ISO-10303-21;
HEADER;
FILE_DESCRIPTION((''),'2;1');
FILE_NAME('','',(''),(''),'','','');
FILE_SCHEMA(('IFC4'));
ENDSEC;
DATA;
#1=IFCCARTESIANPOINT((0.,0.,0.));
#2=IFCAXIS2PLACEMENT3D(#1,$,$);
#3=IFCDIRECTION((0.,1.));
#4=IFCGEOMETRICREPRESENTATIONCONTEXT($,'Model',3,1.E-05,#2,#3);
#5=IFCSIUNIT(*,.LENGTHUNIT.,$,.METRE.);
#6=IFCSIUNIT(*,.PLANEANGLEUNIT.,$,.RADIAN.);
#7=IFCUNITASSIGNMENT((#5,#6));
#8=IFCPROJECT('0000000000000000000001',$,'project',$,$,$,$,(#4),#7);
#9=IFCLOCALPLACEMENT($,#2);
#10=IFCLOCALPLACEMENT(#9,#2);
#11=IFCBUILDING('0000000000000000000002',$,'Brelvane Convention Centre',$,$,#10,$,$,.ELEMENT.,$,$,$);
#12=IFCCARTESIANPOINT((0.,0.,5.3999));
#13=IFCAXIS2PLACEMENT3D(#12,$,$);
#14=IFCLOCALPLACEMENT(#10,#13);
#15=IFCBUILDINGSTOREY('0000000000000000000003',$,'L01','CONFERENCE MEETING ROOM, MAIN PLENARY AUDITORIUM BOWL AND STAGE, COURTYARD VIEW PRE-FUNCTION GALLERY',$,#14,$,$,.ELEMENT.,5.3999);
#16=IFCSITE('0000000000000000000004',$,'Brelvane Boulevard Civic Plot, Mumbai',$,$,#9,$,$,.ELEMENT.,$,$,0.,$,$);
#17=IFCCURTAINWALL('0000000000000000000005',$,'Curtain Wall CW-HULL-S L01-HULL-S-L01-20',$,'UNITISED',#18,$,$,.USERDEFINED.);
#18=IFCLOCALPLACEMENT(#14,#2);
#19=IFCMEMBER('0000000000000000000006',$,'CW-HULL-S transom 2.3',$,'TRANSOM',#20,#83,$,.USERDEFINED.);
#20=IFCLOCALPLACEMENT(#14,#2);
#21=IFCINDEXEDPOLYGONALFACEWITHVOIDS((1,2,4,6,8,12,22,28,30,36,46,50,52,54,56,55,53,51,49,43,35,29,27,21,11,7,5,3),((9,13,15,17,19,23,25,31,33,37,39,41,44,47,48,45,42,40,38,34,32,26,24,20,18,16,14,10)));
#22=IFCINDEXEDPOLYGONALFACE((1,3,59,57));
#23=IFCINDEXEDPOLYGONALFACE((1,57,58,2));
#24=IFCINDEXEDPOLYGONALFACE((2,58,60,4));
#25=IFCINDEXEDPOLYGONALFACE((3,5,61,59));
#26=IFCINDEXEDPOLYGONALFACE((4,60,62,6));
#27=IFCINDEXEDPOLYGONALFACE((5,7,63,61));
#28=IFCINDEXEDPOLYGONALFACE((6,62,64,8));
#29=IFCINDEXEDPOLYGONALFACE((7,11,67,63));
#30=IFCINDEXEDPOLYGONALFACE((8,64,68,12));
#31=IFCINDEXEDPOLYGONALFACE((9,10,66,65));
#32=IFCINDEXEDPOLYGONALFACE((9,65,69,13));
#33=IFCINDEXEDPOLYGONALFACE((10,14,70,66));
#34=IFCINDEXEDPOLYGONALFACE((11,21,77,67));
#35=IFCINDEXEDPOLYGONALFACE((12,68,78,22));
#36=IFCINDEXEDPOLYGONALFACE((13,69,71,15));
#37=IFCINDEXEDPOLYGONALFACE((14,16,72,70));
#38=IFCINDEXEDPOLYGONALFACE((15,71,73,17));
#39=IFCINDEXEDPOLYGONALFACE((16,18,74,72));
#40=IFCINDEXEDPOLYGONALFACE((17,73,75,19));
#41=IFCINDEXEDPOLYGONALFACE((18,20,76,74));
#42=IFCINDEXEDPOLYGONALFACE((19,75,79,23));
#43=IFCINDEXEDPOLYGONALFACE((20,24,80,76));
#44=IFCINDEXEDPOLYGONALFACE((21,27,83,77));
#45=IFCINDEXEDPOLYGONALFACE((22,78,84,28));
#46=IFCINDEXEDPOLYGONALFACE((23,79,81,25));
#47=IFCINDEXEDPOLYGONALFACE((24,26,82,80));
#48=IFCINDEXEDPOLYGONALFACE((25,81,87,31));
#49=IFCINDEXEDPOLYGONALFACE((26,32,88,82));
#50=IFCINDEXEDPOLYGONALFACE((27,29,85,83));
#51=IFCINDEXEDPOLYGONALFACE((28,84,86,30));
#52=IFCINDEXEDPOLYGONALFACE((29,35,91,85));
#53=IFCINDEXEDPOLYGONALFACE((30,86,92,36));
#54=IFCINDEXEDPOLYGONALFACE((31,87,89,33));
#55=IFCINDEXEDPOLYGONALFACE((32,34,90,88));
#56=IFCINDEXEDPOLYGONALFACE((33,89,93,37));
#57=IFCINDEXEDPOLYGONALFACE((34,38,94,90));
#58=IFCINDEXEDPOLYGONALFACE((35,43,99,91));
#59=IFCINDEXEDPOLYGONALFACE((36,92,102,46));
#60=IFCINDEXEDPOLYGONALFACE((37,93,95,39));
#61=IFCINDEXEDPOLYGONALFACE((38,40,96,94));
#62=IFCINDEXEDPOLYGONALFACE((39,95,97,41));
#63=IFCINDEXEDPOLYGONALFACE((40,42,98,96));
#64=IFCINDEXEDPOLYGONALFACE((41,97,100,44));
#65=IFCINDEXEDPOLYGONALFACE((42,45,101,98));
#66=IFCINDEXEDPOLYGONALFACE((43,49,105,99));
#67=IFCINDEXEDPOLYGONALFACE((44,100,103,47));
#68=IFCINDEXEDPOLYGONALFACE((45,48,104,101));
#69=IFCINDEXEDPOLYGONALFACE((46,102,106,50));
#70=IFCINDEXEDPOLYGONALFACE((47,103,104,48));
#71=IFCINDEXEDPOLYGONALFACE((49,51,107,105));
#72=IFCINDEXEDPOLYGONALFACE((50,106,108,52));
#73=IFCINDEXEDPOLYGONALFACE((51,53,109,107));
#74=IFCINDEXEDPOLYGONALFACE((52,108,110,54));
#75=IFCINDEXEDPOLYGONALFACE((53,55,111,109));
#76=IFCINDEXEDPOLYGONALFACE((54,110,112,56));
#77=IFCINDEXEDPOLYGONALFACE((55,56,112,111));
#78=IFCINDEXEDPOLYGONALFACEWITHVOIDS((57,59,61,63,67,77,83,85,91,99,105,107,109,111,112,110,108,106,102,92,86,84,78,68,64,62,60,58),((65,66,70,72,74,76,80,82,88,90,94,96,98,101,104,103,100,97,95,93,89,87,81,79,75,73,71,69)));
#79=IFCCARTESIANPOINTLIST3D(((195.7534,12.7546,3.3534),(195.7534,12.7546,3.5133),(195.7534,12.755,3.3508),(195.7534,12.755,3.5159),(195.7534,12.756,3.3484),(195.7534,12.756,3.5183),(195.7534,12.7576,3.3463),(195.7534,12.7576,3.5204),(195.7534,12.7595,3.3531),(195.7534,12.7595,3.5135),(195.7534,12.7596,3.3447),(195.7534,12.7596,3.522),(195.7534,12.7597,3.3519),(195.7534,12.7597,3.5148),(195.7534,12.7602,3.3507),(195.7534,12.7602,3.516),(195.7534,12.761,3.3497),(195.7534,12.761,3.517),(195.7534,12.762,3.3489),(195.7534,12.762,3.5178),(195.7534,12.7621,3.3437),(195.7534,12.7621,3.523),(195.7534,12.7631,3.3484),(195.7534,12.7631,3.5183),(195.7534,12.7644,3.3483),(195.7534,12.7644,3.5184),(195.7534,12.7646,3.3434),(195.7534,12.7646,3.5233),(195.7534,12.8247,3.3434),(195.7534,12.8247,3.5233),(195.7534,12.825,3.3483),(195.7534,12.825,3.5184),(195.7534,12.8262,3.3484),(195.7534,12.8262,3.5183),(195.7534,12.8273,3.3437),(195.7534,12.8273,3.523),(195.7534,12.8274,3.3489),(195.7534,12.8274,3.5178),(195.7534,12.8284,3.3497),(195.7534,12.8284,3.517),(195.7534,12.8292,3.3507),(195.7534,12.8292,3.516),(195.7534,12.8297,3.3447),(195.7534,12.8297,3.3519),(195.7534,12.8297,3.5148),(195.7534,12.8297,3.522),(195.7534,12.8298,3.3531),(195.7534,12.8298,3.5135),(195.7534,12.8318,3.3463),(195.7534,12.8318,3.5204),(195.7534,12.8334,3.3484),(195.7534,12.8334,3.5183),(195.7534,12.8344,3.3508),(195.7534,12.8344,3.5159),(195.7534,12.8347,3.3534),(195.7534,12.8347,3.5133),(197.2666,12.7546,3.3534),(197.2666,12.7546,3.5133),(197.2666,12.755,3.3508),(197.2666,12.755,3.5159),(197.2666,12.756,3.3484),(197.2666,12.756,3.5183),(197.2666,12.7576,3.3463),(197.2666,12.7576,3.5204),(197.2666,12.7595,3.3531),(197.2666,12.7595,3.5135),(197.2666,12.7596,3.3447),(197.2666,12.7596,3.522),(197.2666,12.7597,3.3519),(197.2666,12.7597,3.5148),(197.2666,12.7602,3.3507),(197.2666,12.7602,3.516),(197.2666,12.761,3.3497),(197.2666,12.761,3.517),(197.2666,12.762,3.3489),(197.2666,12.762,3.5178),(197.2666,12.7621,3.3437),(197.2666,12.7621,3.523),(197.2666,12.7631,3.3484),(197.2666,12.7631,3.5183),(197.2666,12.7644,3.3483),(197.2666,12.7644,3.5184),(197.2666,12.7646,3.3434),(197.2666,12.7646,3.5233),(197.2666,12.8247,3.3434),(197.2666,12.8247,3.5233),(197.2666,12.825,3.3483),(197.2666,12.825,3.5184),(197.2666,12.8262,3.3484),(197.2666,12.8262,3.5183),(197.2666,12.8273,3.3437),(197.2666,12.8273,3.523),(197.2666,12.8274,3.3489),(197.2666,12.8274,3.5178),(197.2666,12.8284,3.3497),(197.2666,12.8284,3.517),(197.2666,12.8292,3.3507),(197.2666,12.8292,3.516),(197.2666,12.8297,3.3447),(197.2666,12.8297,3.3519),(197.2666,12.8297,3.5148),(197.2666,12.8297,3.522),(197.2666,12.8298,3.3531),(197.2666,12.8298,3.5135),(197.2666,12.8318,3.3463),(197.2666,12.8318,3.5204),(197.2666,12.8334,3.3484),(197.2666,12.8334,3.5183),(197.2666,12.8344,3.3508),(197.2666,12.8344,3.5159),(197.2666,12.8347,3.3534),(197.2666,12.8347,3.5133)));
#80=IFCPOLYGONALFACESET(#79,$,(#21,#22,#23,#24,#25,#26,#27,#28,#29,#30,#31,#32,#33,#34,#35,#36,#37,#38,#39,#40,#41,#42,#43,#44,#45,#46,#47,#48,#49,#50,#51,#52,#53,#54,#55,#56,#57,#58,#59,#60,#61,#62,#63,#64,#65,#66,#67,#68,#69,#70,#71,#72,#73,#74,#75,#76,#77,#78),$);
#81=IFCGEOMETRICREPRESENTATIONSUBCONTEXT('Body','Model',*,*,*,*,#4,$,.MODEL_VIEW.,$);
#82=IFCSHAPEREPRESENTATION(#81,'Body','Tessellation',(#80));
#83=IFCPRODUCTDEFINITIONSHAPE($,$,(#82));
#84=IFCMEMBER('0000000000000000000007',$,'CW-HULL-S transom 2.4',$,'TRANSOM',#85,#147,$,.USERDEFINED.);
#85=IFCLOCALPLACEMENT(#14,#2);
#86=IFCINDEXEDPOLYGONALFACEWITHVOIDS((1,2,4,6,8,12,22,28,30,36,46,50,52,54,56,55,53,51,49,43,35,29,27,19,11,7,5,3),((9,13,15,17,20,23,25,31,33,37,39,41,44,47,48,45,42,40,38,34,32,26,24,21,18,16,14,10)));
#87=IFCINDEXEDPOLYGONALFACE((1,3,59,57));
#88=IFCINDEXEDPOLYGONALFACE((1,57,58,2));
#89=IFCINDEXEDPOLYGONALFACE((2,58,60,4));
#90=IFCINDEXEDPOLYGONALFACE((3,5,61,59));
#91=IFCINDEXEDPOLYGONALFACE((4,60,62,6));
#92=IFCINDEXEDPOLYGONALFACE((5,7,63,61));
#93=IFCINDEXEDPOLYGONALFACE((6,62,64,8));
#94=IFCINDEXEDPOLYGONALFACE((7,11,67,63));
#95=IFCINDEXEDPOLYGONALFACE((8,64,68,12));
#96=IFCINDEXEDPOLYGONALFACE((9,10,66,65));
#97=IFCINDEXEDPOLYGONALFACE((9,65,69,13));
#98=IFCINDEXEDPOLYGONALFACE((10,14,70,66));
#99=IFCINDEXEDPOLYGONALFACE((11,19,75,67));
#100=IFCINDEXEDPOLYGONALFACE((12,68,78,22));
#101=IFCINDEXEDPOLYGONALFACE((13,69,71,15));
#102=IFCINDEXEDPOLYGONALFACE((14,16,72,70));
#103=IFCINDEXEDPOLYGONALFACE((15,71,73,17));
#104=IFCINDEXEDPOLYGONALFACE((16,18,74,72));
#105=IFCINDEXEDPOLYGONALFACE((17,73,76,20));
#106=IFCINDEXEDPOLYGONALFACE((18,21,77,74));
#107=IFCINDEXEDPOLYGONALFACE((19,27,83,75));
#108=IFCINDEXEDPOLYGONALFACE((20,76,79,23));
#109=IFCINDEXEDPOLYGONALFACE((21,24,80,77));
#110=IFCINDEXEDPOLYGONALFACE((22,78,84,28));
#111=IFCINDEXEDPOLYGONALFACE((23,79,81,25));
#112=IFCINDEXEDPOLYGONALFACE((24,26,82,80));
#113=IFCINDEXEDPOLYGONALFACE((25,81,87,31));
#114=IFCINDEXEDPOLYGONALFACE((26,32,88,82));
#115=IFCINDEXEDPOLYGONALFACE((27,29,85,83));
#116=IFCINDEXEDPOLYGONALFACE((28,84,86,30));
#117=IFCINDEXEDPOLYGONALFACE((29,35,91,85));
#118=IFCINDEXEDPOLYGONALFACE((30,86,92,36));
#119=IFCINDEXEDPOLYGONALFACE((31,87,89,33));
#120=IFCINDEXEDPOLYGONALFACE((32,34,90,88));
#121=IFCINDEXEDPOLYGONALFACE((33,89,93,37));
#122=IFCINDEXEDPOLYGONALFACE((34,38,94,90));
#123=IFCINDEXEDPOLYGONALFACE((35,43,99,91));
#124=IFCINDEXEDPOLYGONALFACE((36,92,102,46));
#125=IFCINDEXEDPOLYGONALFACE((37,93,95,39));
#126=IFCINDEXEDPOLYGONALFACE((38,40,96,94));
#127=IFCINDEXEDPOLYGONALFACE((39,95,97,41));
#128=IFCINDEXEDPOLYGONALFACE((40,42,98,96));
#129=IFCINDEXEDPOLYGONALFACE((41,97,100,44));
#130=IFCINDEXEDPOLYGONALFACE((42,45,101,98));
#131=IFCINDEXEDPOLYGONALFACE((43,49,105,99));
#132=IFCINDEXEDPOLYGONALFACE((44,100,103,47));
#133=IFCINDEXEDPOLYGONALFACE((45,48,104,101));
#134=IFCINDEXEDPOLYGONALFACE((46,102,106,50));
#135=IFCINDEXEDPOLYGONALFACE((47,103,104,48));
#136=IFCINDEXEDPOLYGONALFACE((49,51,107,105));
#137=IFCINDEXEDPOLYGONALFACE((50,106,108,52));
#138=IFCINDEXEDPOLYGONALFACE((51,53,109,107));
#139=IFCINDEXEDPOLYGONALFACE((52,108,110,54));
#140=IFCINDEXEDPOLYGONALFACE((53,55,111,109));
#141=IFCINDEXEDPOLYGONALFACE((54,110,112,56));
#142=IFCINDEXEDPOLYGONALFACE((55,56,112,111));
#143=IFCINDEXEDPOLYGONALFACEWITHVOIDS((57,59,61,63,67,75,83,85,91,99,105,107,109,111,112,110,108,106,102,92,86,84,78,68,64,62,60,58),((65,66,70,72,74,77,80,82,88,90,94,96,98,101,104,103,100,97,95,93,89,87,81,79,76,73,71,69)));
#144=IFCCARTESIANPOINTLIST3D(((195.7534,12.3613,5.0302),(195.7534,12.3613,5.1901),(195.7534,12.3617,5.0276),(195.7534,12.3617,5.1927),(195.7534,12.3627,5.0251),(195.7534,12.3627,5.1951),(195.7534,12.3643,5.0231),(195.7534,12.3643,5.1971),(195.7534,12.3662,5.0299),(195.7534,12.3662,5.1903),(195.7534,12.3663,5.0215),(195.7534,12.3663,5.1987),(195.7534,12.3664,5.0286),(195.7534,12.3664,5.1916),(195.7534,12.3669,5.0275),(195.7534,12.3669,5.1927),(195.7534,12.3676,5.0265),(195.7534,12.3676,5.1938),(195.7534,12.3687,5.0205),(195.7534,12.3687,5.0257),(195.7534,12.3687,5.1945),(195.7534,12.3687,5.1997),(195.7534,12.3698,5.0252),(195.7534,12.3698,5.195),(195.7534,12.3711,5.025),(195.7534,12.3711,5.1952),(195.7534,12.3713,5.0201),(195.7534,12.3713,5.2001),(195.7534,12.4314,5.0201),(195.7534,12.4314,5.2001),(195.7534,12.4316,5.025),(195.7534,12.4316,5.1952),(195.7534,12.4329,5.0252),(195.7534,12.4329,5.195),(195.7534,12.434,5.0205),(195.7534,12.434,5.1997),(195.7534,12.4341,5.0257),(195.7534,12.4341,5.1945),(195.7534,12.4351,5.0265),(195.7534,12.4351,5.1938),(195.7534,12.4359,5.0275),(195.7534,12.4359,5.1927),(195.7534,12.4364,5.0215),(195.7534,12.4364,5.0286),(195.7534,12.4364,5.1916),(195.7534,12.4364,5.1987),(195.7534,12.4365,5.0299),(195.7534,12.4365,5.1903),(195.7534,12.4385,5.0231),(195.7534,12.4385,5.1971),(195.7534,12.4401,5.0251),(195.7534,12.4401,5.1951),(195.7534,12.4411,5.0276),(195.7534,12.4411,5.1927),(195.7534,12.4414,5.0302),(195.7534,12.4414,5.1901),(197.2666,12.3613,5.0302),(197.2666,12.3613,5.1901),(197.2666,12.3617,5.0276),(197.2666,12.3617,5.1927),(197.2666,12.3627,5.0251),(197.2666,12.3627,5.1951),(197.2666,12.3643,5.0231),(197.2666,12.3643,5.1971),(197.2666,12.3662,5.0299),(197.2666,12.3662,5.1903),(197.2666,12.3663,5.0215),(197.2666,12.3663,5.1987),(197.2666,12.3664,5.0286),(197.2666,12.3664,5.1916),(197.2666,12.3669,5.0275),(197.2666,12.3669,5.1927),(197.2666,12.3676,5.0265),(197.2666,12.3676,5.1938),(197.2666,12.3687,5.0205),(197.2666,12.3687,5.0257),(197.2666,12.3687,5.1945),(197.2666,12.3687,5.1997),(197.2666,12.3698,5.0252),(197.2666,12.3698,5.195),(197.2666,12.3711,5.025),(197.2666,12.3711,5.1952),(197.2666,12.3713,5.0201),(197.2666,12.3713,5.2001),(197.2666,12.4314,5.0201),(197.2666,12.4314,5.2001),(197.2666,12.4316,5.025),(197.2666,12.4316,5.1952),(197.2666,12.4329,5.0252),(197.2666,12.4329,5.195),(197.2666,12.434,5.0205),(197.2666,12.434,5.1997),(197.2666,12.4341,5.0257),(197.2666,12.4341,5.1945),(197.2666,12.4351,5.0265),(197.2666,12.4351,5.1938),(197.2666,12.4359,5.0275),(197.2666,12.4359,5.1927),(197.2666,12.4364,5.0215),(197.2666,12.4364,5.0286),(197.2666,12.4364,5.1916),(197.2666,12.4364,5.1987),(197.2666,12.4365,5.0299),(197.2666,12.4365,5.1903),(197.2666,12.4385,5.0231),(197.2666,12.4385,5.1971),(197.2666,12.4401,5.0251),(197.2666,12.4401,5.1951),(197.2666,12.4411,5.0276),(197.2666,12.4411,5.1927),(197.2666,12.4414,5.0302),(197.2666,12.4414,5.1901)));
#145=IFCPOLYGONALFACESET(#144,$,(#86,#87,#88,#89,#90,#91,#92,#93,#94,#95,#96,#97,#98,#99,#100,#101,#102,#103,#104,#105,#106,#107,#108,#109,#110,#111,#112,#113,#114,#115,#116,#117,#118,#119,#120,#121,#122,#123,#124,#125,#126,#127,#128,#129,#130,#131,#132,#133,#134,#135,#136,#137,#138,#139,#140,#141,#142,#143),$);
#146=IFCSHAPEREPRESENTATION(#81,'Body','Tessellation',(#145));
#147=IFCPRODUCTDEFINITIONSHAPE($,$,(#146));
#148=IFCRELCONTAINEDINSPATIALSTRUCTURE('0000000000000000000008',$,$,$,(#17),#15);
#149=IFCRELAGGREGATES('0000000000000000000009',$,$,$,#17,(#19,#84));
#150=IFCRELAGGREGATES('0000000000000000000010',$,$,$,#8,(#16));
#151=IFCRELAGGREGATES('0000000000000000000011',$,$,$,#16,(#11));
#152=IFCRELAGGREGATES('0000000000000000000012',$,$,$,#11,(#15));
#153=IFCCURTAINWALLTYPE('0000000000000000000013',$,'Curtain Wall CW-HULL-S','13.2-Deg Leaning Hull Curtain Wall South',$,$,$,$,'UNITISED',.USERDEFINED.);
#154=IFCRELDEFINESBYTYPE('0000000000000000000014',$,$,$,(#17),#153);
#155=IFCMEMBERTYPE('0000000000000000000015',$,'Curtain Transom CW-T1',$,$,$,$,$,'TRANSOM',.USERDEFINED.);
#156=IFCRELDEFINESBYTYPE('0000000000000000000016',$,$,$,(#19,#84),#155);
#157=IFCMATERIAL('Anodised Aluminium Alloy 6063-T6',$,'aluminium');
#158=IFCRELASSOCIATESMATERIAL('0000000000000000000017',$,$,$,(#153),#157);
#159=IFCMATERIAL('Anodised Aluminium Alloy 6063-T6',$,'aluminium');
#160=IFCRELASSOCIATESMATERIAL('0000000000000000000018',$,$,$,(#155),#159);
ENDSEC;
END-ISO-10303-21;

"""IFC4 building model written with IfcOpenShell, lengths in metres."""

from ifc_helpers import new_model, si_unit, direction, frame, origin, origin_2d, place, context, subcontext, project, spatial, hollow_rectangle, extrude, material, material_profile, profile_set, type_object, element, aggregate, save


model = new_model("IFC4")

# Units and contexts
model_context = context("Model", 3, precision=1e-05, world=origin(), true_north=direction((0.0, 1.0)))
body_context = subcontext(model_context, "Body", "Model", "MODEL_VIEW")
ifc_project = project(units=[si_unit("LENGTHUNIT", "METRE"), si_unit("PLANEANGLEUNIT", "RADIAN")], contexts=[model_context])

# Site, building, storey
site_placement = place(None, origin())
site = spatial("IfcSite", under=ifc_project, at=site_placement, Name="Brelvane Boulevard Civic Plot, Mumbai", CompositionType="ELEMENT", RefElevation=0.0)
building_placement = place(site_placement, origin())
building = spatial("IfcBuilding", under=site, at=building_placement, Name="Brelvane Convention Centre", CompositionType="ELEMENT")
storey_placement = place(building_placement, frame((0.0, 0.0, 5.3999)))
storey = spatial("IfcBuildingStorey", under=building, at=storey_placement, Name="L01", Description="CONFERENCE MEETING ROOM, MAIN PLENARY AUDITORIUM BOWL AND STAGE, COURTYARD VIEW PRE-FUNCTION GALLERY", CompositionType="ELEMENT", Elevation=5.3999)

# Curtain wall, members
ifc_material_1 = material(Name="Anodised Aluminium Alloy 6063-T6", Category="aluminium")
curtain_wall_type = type_object("IfcCurtainWallType", Name="Curtain Wall CW-HULL-S", Description="13.2-Deg Leaning Hull Curtain Wall South", ElementType="UNITISED", PredefinedType="USERDEFINED", material=ifc_material_1)
curtain_wall_1_placement = place(storey_placement, origin())
curtain_wall_1 = element("IfcCurtainWall", 1, at=curtain_wall_1_placement, inside=storey, type_object=curtain_wall_type, Name="Curtain Wall CW-HULL-S L01-HULL-S-L01-20", ObjectType="UNITISED", PredefinedType="USERDEFINED")
ifc_material_2 = material(Name="Anodised Aluminium Alloy 6063-T6", Category="aluminium")
ifc_material_profile = material_profile(ifc_material_2, hollow_rectangle(XDim=0.0801, YDim=0.1799, WallThickness=0.0049, InnerFilletRadius=0.0049, OuterFilletRadius=0.01, at=origin_2d()), Name="ALU-T 180x80x5.0")
ifc_profile_set = profile_set([ifc_material_profile], Name="Anodised Aluminium Alloy 6063-T6")
member_type = type_object("IfcMemberType", Name="Curtain Transom CW-T1", ElementType="TRANSOM", PredefinedType="USERDEFINED", material=ifc_profile_set)
member_1_placement = place(storey_placement, frame((195.7534, 12.7947, 3.4333), z_axis=(1.0, 0.0, 0.0), x_axis=(0.0, 1.0, 0.0)))
member_1 = element("IfcMember", 2, at=member_1_placement, type_object=member_type, Name="CW-HULL-S transom 2.3", ObjectType="TRANSOM", PredefinedType="USERDEFINED", context=body_context, shape_type="SweptSolid", body=[
    extrude(hollow_rectangle(XDim=0.0801, YDim=0.1799, WallThickness=0.0049, InnerFilletRadius=0.0049, OuterFilletRadius=0.01, at=origin_2d()), origin(), (0.0, 0.0, 1.0), 1.5132),
])
member_2_placement = place(storey_placement, frame((195.7534, 12.4014, 5.1101), z_axis=(1.0, 0.0, 0.0), x_axis=(0.0, 1.0, 0.0)))
member_2 = element("IfcMember", 3, at=member_2_placement, type_object=member_type, Name="CW-HULL-S transom 2.4", ObjectType="TRANSOM", PredefinedType="USERDEFINED", context=body_context, shape_type="SweptSolid", body=[
    extrude(hollow_rectangle(XDim=0.0801, YDim=0.1799, WallThickness=0.0049, InnerFilletRadius=0.0049, OuterFilletRadius=0.01, at=origin_2d()), origin(), (0.0, 0.0, 1.0), 1.5132),
])

aggregate(curtain_wall_1, [member_1, member_2])

save(model, "model.ifc")
